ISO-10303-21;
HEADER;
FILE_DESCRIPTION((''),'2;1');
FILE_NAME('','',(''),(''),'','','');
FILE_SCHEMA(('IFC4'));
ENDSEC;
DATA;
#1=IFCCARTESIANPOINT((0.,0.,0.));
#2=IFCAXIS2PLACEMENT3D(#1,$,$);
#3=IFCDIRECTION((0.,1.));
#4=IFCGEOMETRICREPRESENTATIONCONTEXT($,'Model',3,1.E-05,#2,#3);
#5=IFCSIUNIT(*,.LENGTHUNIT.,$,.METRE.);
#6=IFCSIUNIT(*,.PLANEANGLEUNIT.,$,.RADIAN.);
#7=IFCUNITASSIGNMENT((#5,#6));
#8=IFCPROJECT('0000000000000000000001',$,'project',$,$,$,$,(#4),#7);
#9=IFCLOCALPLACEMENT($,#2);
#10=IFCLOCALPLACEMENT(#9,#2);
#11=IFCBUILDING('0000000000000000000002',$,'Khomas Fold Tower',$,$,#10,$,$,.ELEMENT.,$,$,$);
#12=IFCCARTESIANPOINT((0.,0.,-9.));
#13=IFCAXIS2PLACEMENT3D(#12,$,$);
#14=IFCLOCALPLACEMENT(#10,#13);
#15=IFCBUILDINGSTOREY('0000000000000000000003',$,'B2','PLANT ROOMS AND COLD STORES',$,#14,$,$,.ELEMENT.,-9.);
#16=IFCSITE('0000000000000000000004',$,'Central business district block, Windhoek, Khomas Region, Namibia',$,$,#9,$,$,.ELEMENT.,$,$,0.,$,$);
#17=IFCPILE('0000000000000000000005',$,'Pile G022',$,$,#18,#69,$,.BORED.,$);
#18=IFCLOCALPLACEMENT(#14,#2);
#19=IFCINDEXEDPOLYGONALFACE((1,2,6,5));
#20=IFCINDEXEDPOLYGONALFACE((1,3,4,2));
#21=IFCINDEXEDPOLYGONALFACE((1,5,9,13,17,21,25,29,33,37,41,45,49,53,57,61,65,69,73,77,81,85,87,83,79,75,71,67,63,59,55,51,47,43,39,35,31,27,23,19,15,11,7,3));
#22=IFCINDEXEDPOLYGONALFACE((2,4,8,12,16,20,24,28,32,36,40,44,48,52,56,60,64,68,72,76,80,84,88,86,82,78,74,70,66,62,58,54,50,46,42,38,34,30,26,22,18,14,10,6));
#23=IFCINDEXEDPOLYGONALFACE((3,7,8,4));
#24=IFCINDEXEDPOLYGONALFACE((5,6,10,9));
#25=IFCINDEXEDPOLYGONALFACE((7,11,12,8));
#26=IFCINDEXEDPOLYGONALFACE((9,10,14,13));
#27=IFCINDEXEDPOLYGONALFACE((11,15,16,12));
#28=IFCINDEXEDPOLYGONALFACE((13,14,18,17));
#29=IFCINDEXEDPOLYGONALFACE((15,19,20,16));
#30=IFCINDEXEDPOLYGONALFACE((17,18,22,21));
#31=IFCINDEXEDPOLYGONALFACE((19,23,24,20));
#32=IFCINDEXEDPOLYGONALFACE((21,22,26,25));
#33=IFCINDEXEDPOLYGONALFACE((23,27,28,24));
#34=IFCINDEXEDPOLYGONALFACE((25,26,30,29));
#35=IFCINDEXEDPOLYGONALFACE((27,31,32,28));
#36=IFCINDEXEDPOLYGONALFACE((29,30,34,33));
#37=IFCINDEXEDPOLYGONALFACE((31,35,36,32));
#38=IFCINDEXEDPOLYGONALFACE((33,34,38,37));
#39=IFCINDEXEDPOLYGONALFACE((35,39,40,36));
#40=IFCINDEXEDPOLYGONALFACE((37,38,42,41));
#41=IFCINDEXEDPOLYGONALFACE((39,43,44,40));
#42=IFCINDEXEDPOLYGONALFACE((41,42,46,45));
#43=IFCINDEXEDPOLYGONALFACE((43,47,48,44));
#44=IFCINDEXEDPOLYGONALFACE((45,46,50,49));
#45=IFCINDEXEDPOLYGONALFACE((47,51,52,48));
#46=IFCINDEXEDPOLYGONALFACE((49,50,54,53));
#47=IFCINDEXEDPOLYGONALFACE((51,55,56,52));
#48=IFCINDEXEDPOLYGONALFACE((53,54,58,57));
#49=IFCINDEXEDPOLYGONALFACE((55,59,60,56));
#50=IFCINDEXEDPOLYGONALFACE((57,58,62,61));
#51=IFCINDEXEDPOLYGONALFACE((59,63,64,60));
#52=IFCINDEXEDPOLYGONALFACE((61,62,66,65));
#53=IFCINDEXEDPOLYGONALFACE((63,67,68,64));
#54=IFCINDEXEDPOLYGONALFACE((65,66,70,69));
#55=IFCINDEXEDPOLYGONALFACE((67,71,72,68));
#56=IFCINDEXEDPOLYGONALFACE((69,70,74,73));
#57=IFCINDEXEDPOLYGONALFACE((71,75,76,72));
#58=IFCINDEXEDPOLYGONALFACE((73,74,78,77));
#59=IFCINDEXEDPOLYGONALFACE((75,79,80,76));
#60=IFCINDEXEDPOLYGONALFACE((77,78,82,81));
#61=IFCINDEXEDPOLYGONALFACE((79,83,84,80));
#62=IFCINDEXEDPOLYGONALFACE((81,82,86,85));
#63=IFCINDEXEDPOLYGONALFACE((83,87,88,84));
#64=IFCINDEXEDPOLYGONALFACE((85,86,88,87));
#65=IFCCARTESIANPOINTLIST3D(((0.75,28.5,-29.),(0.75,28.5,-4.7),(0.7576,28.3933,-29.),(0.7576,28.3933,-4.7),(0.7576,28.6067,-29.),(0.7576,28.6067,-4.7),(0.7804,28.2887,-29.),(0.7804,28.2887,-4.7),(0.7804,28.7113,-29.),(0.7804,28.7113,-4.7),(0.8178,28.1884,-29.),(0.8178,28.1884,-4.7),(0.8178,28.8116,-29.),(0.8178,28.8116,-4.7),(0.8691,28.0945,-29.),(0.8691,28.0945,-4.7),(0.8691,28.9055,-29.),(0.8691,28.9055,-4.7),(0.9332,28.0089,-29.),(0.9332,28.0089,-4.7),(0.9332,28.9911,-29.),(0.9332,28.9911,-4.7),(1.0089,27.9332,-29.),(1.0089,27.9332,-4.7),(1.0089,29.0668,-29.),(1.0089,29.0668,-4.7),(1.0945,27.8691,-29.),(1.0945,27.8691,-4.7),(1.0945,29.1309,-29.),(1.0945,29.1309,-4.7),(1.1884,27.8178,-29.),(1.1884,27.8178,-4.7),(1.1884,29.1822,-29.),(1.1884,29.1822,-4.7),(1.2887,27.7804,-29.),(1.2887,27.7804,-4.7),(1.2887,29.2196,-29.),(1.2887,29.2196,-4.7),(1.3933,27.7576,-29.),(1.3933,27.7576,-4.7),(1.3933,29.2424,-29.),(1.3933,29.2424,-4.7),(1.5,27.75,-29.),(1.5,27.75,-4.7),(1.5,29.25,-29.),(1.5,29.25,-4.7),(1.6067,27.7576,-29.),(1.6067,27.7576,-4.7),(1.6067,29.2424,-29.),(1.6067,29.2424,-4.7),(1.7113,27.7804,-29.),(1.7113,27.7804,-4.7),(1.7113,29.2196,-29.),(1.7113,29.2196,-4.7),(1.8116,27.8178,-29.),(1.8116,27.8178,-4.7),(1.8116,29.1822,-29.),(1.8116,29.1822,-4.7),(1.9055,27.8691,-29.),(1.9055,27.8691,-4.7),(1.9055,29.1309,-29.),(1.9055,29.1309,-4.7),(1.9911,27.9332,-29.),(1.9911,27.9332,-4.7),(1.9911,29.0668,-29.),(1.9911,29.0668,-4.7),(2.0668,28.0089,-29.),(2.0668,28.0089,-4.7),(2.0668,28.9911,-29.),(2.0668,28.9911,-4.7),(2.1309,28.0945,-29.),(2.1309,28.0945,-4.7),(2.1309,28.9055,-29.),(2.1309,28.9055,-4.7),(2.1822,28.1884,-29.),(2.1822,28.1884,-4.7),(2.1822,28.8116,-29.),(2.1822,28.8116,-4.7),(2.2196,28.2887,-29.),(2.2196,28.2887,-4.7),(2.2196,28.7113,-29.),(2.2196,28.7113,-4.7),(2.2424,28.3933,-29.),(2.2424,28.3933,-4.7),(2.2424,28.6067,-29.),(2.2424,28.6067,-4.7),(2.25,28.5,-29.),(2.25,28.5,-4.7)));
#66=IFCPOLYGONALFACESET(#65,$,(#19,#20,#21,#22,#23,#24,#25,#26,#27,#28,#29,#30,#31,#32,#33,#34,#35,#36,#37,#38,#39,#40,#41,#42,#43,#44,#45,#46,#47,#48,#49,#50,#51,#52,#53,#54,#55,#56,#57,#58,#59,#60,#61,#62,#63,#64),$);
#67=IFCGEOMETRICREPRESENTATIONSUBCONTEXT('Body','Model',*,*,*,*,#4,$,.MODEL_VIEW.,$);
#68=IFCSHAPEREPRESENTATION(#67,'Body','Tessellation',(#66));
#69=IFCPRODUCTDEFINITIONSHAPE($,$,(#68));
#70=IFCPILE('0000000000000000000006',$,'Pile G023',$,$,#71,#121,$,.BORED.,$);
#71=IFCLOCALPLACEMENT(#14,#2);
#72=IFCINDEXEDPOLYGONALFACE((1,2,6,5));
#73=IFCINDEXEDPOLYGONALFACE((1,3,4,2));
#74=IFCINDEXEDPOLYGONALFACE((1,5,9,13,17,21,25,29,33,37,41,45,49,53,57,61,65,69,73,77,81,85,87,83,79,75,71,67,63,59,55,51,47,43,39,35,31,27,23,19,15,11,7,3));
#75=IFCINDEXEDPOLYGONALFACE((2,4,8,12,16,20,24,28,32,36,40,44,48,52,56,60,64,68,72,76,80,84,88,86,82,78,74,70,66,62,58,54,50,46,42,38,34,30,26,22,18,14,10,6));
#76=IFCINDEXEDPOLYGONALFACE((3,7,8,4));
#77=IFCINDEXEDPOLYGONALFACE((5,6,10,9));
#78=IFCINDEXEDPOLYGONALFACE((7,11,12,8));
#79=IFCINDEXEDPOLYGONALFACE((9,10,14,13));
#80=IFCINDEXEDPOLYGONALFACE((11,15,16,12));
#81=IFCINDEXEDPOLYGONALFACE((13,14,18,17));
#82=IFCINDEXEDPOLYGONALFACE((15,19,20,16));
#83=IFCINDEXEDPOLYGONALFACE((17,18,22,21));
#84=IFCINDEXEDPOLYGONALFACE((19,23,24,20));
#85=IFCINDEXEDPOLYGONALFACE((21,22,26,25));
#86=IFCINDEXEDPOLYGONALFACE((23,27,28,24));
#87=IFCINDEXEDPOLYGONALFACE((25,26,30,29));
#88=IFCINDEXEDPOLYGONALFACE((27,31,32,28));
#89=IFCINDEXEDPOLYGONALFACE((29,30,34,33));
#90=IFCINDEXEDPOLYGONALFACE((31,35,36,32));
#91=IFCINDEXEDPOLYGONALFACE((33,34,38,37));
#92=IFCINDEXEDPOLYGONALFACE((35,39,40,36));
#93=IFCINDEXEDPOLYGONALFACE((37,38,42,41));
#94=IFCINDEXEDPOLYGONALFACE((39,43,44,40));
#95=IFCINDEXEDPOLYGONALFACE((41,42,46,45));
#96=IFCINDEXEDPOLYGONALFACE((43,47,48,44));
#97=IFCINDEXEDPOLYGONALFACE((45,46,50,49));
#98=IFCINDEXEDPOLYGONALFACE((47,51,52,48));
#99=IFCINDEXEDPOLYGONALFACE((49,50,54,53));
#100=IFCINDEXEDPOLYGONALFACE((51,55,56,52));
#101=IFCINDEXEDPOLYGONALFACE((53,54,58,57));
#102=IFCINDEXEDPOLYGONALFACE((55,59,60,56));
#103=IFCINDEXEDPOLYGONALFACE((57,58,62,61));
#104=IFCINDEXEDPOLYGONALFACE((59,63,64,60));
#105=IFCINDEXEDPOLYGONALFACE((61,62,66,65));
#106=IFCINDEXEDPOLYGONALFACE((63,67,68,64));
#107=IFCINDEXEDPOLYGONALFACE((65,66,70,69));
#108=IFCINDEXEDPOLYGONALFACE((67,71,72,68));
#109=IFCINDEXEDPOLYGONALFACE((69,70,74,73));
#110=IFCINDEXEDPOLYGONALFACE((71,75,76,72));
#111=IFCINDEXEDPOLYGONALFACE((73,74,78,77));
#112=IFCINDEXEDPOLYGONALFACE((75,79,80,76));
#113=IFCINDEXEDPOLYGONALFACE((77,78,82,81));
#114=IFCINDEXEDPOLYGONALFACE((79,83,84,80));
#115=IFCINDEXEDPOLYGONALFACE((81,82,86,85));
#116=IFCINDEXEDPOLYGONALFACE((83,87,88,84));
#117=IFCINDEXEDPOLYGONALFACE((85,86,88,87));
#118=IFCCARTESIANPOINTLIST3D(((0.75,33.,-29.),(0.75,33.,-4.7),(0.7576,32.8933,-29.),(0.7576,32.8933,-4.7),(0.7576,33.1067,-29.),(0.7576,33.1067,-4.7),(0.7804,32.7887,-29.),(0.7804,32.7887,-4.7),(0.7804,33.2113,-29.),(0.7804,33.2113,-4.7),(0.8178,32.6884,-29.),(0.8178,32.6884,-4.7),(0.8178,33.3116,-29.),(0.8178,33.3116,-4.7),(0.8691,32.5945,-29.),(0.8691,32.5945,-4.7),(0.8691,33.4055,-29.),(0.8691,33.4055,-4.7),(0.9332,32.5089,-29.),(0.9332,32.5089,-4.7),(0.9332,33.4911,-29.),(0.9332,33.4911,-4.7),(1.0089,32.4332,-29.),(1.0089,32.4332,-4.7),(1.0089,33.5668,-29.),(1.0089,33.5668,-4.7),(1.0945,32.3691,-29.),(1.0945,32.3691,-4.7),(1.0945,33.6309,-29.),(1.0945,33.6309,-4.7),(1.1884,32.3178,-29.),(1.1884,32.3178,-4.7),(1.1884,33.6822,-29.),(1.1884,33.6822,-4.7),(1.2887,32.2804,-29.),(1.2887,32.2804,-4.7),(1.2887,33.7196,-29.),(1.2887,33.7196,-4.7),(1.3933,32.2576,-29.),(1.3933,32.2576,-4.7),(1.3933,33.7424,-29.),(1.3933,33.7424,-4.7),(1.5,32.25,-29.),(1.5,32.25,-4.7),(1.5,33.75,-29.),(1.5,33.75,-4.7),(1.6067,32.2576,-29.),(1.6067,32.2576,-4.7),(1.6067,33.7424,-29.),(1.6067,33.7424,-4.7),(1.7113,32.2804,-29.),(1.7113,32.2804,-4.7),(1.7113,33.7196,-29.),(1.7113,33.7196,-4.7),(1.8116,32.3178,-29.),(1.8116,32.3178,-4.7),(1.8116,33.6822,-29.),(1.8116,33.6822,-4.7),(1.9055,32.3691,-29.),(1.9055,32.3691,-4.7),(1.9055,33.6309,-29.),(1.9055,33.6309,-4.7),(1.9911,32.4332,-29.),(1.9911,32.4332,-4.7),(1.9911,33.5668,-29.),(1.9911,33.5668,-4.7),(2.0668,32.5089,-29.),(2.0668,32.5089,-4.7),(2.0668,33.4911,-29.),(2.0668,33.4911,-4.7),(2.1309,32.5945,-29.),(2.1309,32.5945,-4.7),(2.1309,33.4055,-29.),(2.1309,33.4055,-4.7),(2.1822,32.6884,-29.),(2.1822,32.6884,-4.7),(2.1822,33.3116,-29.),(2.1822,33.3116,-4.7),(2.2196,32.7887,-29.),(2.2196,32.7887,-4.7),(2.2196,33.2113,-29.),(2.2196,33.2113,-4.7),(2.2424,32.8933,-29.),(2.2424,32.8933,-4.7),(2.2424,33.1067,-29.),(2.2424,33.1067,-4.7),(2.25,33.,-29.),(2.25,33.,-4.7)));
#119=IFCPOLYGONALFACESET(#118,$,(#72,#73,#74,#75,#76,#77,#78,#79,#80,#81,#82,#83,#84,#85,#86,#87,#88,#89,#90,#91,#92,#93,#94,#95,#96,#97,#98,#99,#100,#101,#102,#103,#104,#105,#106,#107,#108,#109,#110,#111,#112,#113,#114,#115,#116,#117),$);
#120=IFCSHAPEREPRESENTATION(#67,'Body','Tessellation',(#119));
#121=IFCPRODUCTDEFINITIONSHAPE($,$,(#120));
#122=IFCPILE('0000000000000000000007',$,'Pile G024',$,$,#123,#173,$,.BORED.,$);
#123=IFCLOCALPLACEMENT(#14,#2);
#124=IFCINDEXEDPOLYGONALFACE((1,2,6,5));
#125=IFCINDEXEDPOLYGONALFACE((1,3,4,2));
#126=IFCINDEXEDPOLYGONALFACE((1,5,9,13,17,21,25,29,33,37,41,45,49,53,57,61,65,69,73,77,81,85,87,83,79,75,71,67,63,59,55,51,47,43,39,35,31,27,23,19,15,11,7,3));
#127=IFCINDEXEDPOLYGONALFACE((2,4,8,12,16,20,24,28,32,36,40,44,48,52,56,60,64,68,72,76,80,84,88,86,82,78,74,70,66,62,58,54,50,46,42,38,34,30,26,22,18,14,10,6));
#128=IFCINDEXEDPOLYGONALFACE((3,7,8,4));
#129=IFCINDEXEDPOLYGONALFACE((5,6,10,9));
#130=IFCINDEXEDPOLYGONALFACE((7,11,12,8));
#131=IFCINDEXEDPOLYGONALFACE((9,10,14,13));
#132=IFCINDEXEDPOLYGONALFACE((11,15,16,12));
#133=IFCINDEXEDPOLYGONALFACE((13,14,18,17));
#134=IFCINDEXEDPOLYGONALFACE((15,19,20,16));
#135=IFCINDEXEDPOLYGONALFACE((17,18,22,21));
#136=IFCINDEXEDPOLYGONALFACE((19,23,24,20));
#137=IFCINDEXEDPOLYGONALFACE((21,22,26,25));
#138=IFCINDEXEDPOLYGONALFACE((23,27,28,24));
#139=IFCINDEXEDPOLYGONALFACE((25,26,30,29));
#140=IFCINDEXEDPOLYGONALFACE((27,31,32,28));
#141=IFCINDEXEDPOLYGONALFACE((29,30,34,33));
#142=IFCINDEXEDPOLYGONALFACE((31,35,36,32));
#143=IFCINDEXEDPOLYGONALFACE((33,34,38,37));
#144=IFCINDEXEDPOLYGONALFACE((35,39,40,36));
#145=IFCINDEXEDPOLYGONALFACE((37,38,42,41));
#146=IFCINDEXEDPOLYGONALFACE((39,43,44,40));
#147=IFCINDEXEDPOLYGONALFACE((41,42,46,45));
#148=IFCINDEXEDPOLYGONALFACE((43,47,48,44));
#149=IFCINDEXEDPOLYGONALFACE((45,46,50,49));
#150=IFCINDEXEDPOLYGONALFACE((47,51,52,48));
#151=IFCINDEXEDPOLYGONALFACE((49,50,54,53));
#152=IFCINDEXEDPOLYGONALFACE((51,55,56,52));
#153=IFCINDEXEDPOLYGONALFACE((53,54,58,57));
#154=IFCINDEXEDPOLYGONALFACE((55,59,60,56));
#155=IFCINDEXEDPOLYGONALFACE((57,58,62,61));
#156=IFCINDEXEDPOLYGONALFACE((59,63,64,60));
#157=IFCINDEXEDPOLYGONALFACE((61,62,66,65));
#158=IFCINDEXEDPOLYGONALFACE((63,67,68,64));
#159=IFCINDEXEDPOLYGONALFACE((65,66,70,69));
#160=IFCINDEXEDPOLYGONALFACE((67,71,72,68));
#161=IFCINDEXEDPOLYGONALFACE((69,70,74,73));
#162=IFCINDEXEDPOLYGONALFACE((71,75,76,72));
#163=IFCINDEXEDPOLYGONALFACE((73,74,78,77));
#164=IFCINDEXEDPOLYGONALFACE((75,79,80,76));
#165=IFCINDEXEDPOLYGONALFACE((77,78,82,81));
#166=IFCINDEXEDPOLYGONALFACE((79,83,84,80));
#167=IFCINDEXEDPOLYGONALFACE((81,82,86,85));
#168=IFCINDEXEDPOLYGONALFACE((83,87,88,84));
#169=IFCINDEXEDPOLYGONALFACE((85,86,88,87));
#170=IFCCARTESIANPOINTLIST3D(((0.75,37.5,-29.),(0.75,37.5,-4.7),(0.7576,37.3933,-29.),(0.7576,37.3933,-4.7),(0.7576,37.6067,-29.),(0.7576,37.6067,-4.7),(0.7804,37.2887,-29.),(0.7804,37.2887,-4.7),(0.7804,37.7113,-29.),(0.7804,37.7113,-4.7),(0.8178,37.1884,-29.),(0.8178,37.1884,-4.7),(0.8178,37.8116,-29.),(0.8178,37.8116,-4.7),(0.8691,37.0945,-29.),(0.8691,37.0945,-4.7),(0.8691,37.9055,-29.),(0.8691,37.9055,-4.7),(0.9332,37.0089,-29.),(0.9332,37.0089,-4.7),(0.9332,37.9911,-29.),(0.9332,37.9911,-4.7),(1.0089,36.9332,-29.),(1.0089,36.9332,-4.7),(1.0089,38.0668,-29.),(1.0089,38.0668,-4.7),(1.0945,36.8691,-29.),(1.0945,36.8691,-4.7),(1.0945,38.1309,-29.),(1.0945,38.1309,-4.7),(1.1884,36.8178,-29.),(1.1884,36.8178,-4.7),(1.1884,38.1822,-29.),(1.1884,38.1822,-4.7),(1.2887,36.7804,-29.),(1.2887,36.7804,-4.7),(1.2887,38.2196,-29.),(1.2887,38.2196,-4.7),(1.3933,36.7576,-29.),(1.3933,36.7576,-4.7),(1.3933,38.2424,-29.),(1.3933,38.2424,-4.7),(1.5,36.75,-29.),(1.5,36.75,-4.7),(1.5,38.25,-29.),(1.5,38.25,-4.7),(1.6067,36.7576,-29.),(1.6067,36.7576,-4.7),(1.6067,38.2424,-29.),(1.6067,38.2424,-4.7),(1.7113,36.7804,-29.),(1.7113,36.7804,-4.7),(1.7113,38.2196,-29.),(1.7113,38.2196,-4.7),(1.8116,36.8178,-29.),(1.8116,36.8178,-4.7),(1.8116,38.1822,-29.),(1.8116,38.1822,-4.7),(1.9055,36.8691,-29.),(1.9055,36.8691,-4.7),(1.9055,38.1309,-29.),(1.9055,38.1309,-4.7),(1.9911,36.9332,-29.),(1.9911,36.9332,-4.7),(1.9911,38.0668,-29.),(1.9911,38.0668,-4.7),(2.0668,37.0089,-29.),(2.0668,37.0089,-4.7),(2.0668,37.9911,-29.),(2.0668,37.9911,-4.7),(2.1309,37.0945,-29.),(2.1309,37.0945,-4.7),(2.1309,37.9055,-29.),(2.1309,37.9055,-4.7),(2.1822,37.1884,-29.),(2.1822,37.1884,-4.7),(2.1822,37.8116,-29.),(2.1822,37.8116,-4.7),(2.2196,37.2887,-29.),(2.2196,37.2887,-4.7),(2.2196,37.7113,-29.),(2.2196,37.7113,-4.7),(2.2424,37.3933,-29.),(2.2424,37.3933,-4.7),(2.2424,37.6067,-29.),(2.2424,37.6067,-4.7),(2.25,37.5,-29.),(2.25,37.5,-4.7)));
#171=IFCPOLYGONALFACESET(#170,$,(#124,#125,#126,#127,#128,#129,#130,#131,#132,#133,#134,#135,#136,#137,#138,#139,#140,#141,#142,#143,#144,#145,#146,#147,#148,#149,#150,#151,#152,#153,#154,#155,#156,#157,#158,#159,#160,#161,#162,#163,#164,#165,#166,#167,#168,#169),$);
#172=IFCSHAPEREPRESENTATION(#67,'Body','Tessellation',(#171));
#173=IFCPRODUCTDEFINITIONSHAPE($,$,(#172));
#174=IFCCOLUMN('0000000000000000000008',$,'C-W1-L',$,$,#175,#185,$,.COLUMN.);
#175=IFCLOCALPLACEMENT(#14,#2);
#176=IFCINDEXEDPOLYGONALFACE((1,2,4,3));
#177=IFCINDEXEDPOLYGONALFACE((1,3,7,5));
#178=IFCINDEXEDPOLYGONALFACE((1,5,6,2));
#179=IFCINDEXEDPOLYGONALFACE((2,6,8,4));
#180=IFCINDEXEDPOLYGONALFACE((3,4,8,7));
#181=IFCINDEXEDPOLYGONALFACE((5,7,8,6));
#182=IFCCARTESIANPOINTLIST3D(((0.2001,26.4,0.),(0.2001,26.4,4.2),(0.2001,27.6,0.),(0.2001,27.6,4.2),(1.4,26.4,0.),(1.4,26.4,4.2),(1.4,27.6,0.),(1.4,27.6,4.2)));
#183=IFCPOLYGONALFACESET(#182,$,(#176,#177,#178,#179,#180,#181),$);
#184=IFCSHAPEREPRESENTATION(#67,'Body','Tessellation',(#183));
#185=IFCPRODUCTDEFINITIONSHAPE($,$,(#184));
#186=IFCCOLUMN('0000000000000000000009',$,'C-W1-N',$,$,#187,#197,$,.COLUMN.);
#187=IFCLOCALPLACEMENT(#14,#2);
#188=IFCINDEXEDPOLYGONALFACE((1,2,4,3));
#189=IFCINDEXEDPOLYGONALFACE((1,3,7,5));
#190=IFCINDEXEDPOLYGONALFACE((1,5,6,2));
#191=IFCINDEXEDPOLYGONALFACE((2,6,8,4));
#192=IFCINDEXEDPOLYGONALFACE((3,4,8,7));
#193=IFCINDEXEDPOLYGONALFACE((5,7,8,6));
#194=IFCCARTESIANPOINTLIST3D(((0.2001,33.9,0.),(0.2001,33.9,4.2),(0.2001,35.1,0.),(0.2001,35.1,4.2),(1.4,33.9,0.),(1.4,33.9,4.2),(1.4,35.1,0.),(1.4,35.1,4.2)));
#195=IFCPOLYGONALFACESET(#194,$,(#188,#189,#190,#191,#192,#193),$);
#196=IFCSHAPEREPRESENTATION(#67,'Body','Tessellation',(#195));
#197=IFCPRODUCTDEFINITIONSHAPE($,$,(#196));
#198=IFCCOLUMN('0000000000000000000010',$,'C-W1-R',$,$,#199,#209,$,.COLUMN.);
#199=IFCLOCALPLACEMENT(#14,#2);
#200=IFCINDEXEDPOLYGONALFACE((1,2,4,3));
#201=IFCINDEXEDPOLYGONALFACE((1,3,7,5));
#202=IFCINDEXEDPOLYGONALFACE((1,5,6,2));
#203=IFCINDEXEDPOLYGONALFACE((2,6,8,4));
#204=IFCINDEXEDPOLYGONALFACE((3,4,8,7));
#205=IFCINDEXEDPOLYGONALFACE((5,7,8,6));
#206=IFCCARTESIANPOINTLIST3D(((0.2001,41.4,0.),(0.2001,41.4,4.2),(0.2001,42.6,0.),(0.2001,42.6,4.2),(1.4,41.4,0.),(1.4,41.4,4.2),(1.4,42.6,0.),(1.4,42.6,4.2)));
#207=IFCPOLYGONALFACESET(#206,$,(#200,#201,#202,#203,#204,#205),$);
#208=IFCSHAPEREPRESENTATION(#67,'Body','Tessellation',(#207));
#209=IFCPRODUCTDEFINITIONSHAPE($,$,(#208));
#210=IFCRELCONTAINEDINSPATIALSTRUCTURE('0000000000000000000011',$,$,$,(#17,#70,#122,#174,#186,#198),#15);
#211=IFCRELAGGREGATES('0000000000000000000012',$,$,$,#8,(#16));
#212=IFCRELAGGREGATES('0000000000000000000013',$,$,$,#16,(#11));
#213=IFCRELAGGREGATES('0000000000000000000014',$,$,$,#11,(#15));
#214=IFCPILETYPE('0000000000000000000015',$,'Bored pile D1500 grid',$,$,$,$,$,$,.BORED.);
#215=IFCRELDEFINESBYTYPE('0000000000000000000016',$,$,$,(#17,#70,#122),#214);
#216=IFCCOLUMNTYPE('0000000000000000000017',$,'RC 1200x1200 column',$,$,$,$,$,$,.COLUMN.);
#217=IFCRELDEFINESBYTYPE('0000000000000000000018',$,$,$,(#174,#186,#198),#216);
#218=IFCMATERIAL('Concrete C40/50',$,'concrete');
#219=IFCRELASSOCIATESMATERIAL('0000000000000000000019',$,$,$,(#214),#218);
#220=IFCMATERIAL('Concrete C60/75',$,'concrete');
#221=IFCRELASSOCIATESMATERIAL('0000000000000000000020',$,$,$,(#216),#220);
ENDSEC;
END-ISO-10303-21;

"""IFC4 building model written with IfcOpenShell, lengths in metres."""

from ifc_helpers import new_model, si_unit, direction, frame, origin, origin_2d, place, context, subcontext, project, spatial, rectangle, circle, extrude, source, transform, mapped, material, material_profile, profile_set, type_object, element, save


model = new_model("IFC4")

# Units and contexts
model_context = context("Model", 3, precision=1e-05, world=origin(), true_north=direction((0.0, 1.0)))
body_context = subcontext(model_context, "Body", "Model", "MODEL_VIEW")
ifc_project = project(units=[si_unit("LENGTHUNIT", "METRE"), si_unit("PLANEANGLEUNIT", "RADIAN")], contexts=[model_context])

# Site, building, storey
site_placement = place(None, origin())
site = spatial("IfcSite", under=ifc_project, at=site_placement, Name="Central business district block, Windhoek, Khomas Region, Namibia", CompositionType="ELEMENT", RefElevation=0.0)
building_placement = place(site_placement, origin())
building = spatial("IfcBuilding", under=site, at=building_placement, Name="Khomas Fold Tower", CompositionType="ELEMENT")
storey_placement = place(building_placement, frame((0.0, 0.0, -9.0)))
storey = spatial("IfcBuildingStorey", under=building, at=storey_placement, Name="B2", Description="PLANT ROOMS AND COLD STORES", CompositionType="ELEMENT", Elevation=-9.0)

# Piles
ifc_material_1 = material(Name="Concrete C40/50", Category="concrete")
ifc_material_profile_1 = material_profile(ifc_material_1, circle(Radius=0.75, at=origin_2d()), Name="PILE D1500")
ifc_profile_set_1 = profile_set([ifc_material_profile_1], Name="Concrete C40/50")
pile_type = type_object("IfcPileType", Name="Bored pile D1500 grid", PredefinedType="BORED", material=ifc_profile_set_1)
shared_shape_1 = source(origin(), body_context, "Body", "SweptSolid", [
    extrude(circle(Radius=0.75, at=origin_2d()), origin(), (0.0, 0.0, 1.0), 24.3),
])
for number, where, z_axis, x_axis, name in (
    (1, (1.5, 28.5, -4.7), (0.0, 0.0, -1.0), (1.0, 0.0, 0.0), "Pile G022"),
    (2, (1.5, 33.0, -4.7), (0.0, 0.0, -1.0), (1.0, 0.0, 0.0), "Pile G023"),
    (3, (1.5, 37.5, -4.7), (0.0, 0.0, -1.0), (1.0, 0.0, 0.0), "Pile G024"),
):
    element("IfcPile", number, at=place(storey_placement, frame(where, z_axis=z_axis, x_axis=x_axis)), inside=storey, type_object=pile_type, Name=name, PredefinedType="BORED", context=body_context, shape_type="MappedRepresentation", body=[
        mapped(shared_shape_1, transform((0.0, 0.0, 0.0))),
    ])

# Columns
ifc_material_2 = material(Name="Concrete C60/75", Category="concrete")
ifc_material_profile_2 = material_profile(ifc_material_2, rectangle(XDim=1.2, YDim=1.2, at=origin_2d()), Name="RC 1200x1200")
ifc_profile_set_2 = profile_set([ifc_material_profile_2], Name="Concrete C60/75")
column_type_1 = type_object("IfcColumnType", Name="RC 1200x1200 column", PredefinedType="COLUMN", material=ifc_profile_set_2)
shared_shape_2 = source(origin(), body_context, "Body", "SweptSolid", [
    extrude(rectangle(XDim=1.2, YDim=1.2, at=origin_2d()), origin(), (0.0, 0.0, 1.0), 4.2),
])
for number, where, z_axis, x_axis, name in (
    (4, (0.8, 27.0, 0.0), (0.0, 0.0, 1.0), (1.0, 0.0, 0.0), "C-W1-L"),
    (5, (0.8, 34.5, 0.0), (0.0, 0.0, 1.0), (1.0, 0.0, 0.0), "C-W1-N"),
    (6, (0.8, 42.0, 0.0), (0.0, 0.0, 1.0), (1.0, 0.0, 0.0), "C-W1-R"),
):
    element("IfcColumn", number, at=place(storey_placement, frame(where, z_axis=z_axis, x_axis=x_axis)), inside=storey, type_object=column_type_1, Name=name, PredefinedType="COLUMN", context=body_context, shape_type="MappedRepresentation", body=[
        mapped(shared_shape_2, transform((0.0, 0.0, 0.0))),
    ])

save(model, "model.ifc")
